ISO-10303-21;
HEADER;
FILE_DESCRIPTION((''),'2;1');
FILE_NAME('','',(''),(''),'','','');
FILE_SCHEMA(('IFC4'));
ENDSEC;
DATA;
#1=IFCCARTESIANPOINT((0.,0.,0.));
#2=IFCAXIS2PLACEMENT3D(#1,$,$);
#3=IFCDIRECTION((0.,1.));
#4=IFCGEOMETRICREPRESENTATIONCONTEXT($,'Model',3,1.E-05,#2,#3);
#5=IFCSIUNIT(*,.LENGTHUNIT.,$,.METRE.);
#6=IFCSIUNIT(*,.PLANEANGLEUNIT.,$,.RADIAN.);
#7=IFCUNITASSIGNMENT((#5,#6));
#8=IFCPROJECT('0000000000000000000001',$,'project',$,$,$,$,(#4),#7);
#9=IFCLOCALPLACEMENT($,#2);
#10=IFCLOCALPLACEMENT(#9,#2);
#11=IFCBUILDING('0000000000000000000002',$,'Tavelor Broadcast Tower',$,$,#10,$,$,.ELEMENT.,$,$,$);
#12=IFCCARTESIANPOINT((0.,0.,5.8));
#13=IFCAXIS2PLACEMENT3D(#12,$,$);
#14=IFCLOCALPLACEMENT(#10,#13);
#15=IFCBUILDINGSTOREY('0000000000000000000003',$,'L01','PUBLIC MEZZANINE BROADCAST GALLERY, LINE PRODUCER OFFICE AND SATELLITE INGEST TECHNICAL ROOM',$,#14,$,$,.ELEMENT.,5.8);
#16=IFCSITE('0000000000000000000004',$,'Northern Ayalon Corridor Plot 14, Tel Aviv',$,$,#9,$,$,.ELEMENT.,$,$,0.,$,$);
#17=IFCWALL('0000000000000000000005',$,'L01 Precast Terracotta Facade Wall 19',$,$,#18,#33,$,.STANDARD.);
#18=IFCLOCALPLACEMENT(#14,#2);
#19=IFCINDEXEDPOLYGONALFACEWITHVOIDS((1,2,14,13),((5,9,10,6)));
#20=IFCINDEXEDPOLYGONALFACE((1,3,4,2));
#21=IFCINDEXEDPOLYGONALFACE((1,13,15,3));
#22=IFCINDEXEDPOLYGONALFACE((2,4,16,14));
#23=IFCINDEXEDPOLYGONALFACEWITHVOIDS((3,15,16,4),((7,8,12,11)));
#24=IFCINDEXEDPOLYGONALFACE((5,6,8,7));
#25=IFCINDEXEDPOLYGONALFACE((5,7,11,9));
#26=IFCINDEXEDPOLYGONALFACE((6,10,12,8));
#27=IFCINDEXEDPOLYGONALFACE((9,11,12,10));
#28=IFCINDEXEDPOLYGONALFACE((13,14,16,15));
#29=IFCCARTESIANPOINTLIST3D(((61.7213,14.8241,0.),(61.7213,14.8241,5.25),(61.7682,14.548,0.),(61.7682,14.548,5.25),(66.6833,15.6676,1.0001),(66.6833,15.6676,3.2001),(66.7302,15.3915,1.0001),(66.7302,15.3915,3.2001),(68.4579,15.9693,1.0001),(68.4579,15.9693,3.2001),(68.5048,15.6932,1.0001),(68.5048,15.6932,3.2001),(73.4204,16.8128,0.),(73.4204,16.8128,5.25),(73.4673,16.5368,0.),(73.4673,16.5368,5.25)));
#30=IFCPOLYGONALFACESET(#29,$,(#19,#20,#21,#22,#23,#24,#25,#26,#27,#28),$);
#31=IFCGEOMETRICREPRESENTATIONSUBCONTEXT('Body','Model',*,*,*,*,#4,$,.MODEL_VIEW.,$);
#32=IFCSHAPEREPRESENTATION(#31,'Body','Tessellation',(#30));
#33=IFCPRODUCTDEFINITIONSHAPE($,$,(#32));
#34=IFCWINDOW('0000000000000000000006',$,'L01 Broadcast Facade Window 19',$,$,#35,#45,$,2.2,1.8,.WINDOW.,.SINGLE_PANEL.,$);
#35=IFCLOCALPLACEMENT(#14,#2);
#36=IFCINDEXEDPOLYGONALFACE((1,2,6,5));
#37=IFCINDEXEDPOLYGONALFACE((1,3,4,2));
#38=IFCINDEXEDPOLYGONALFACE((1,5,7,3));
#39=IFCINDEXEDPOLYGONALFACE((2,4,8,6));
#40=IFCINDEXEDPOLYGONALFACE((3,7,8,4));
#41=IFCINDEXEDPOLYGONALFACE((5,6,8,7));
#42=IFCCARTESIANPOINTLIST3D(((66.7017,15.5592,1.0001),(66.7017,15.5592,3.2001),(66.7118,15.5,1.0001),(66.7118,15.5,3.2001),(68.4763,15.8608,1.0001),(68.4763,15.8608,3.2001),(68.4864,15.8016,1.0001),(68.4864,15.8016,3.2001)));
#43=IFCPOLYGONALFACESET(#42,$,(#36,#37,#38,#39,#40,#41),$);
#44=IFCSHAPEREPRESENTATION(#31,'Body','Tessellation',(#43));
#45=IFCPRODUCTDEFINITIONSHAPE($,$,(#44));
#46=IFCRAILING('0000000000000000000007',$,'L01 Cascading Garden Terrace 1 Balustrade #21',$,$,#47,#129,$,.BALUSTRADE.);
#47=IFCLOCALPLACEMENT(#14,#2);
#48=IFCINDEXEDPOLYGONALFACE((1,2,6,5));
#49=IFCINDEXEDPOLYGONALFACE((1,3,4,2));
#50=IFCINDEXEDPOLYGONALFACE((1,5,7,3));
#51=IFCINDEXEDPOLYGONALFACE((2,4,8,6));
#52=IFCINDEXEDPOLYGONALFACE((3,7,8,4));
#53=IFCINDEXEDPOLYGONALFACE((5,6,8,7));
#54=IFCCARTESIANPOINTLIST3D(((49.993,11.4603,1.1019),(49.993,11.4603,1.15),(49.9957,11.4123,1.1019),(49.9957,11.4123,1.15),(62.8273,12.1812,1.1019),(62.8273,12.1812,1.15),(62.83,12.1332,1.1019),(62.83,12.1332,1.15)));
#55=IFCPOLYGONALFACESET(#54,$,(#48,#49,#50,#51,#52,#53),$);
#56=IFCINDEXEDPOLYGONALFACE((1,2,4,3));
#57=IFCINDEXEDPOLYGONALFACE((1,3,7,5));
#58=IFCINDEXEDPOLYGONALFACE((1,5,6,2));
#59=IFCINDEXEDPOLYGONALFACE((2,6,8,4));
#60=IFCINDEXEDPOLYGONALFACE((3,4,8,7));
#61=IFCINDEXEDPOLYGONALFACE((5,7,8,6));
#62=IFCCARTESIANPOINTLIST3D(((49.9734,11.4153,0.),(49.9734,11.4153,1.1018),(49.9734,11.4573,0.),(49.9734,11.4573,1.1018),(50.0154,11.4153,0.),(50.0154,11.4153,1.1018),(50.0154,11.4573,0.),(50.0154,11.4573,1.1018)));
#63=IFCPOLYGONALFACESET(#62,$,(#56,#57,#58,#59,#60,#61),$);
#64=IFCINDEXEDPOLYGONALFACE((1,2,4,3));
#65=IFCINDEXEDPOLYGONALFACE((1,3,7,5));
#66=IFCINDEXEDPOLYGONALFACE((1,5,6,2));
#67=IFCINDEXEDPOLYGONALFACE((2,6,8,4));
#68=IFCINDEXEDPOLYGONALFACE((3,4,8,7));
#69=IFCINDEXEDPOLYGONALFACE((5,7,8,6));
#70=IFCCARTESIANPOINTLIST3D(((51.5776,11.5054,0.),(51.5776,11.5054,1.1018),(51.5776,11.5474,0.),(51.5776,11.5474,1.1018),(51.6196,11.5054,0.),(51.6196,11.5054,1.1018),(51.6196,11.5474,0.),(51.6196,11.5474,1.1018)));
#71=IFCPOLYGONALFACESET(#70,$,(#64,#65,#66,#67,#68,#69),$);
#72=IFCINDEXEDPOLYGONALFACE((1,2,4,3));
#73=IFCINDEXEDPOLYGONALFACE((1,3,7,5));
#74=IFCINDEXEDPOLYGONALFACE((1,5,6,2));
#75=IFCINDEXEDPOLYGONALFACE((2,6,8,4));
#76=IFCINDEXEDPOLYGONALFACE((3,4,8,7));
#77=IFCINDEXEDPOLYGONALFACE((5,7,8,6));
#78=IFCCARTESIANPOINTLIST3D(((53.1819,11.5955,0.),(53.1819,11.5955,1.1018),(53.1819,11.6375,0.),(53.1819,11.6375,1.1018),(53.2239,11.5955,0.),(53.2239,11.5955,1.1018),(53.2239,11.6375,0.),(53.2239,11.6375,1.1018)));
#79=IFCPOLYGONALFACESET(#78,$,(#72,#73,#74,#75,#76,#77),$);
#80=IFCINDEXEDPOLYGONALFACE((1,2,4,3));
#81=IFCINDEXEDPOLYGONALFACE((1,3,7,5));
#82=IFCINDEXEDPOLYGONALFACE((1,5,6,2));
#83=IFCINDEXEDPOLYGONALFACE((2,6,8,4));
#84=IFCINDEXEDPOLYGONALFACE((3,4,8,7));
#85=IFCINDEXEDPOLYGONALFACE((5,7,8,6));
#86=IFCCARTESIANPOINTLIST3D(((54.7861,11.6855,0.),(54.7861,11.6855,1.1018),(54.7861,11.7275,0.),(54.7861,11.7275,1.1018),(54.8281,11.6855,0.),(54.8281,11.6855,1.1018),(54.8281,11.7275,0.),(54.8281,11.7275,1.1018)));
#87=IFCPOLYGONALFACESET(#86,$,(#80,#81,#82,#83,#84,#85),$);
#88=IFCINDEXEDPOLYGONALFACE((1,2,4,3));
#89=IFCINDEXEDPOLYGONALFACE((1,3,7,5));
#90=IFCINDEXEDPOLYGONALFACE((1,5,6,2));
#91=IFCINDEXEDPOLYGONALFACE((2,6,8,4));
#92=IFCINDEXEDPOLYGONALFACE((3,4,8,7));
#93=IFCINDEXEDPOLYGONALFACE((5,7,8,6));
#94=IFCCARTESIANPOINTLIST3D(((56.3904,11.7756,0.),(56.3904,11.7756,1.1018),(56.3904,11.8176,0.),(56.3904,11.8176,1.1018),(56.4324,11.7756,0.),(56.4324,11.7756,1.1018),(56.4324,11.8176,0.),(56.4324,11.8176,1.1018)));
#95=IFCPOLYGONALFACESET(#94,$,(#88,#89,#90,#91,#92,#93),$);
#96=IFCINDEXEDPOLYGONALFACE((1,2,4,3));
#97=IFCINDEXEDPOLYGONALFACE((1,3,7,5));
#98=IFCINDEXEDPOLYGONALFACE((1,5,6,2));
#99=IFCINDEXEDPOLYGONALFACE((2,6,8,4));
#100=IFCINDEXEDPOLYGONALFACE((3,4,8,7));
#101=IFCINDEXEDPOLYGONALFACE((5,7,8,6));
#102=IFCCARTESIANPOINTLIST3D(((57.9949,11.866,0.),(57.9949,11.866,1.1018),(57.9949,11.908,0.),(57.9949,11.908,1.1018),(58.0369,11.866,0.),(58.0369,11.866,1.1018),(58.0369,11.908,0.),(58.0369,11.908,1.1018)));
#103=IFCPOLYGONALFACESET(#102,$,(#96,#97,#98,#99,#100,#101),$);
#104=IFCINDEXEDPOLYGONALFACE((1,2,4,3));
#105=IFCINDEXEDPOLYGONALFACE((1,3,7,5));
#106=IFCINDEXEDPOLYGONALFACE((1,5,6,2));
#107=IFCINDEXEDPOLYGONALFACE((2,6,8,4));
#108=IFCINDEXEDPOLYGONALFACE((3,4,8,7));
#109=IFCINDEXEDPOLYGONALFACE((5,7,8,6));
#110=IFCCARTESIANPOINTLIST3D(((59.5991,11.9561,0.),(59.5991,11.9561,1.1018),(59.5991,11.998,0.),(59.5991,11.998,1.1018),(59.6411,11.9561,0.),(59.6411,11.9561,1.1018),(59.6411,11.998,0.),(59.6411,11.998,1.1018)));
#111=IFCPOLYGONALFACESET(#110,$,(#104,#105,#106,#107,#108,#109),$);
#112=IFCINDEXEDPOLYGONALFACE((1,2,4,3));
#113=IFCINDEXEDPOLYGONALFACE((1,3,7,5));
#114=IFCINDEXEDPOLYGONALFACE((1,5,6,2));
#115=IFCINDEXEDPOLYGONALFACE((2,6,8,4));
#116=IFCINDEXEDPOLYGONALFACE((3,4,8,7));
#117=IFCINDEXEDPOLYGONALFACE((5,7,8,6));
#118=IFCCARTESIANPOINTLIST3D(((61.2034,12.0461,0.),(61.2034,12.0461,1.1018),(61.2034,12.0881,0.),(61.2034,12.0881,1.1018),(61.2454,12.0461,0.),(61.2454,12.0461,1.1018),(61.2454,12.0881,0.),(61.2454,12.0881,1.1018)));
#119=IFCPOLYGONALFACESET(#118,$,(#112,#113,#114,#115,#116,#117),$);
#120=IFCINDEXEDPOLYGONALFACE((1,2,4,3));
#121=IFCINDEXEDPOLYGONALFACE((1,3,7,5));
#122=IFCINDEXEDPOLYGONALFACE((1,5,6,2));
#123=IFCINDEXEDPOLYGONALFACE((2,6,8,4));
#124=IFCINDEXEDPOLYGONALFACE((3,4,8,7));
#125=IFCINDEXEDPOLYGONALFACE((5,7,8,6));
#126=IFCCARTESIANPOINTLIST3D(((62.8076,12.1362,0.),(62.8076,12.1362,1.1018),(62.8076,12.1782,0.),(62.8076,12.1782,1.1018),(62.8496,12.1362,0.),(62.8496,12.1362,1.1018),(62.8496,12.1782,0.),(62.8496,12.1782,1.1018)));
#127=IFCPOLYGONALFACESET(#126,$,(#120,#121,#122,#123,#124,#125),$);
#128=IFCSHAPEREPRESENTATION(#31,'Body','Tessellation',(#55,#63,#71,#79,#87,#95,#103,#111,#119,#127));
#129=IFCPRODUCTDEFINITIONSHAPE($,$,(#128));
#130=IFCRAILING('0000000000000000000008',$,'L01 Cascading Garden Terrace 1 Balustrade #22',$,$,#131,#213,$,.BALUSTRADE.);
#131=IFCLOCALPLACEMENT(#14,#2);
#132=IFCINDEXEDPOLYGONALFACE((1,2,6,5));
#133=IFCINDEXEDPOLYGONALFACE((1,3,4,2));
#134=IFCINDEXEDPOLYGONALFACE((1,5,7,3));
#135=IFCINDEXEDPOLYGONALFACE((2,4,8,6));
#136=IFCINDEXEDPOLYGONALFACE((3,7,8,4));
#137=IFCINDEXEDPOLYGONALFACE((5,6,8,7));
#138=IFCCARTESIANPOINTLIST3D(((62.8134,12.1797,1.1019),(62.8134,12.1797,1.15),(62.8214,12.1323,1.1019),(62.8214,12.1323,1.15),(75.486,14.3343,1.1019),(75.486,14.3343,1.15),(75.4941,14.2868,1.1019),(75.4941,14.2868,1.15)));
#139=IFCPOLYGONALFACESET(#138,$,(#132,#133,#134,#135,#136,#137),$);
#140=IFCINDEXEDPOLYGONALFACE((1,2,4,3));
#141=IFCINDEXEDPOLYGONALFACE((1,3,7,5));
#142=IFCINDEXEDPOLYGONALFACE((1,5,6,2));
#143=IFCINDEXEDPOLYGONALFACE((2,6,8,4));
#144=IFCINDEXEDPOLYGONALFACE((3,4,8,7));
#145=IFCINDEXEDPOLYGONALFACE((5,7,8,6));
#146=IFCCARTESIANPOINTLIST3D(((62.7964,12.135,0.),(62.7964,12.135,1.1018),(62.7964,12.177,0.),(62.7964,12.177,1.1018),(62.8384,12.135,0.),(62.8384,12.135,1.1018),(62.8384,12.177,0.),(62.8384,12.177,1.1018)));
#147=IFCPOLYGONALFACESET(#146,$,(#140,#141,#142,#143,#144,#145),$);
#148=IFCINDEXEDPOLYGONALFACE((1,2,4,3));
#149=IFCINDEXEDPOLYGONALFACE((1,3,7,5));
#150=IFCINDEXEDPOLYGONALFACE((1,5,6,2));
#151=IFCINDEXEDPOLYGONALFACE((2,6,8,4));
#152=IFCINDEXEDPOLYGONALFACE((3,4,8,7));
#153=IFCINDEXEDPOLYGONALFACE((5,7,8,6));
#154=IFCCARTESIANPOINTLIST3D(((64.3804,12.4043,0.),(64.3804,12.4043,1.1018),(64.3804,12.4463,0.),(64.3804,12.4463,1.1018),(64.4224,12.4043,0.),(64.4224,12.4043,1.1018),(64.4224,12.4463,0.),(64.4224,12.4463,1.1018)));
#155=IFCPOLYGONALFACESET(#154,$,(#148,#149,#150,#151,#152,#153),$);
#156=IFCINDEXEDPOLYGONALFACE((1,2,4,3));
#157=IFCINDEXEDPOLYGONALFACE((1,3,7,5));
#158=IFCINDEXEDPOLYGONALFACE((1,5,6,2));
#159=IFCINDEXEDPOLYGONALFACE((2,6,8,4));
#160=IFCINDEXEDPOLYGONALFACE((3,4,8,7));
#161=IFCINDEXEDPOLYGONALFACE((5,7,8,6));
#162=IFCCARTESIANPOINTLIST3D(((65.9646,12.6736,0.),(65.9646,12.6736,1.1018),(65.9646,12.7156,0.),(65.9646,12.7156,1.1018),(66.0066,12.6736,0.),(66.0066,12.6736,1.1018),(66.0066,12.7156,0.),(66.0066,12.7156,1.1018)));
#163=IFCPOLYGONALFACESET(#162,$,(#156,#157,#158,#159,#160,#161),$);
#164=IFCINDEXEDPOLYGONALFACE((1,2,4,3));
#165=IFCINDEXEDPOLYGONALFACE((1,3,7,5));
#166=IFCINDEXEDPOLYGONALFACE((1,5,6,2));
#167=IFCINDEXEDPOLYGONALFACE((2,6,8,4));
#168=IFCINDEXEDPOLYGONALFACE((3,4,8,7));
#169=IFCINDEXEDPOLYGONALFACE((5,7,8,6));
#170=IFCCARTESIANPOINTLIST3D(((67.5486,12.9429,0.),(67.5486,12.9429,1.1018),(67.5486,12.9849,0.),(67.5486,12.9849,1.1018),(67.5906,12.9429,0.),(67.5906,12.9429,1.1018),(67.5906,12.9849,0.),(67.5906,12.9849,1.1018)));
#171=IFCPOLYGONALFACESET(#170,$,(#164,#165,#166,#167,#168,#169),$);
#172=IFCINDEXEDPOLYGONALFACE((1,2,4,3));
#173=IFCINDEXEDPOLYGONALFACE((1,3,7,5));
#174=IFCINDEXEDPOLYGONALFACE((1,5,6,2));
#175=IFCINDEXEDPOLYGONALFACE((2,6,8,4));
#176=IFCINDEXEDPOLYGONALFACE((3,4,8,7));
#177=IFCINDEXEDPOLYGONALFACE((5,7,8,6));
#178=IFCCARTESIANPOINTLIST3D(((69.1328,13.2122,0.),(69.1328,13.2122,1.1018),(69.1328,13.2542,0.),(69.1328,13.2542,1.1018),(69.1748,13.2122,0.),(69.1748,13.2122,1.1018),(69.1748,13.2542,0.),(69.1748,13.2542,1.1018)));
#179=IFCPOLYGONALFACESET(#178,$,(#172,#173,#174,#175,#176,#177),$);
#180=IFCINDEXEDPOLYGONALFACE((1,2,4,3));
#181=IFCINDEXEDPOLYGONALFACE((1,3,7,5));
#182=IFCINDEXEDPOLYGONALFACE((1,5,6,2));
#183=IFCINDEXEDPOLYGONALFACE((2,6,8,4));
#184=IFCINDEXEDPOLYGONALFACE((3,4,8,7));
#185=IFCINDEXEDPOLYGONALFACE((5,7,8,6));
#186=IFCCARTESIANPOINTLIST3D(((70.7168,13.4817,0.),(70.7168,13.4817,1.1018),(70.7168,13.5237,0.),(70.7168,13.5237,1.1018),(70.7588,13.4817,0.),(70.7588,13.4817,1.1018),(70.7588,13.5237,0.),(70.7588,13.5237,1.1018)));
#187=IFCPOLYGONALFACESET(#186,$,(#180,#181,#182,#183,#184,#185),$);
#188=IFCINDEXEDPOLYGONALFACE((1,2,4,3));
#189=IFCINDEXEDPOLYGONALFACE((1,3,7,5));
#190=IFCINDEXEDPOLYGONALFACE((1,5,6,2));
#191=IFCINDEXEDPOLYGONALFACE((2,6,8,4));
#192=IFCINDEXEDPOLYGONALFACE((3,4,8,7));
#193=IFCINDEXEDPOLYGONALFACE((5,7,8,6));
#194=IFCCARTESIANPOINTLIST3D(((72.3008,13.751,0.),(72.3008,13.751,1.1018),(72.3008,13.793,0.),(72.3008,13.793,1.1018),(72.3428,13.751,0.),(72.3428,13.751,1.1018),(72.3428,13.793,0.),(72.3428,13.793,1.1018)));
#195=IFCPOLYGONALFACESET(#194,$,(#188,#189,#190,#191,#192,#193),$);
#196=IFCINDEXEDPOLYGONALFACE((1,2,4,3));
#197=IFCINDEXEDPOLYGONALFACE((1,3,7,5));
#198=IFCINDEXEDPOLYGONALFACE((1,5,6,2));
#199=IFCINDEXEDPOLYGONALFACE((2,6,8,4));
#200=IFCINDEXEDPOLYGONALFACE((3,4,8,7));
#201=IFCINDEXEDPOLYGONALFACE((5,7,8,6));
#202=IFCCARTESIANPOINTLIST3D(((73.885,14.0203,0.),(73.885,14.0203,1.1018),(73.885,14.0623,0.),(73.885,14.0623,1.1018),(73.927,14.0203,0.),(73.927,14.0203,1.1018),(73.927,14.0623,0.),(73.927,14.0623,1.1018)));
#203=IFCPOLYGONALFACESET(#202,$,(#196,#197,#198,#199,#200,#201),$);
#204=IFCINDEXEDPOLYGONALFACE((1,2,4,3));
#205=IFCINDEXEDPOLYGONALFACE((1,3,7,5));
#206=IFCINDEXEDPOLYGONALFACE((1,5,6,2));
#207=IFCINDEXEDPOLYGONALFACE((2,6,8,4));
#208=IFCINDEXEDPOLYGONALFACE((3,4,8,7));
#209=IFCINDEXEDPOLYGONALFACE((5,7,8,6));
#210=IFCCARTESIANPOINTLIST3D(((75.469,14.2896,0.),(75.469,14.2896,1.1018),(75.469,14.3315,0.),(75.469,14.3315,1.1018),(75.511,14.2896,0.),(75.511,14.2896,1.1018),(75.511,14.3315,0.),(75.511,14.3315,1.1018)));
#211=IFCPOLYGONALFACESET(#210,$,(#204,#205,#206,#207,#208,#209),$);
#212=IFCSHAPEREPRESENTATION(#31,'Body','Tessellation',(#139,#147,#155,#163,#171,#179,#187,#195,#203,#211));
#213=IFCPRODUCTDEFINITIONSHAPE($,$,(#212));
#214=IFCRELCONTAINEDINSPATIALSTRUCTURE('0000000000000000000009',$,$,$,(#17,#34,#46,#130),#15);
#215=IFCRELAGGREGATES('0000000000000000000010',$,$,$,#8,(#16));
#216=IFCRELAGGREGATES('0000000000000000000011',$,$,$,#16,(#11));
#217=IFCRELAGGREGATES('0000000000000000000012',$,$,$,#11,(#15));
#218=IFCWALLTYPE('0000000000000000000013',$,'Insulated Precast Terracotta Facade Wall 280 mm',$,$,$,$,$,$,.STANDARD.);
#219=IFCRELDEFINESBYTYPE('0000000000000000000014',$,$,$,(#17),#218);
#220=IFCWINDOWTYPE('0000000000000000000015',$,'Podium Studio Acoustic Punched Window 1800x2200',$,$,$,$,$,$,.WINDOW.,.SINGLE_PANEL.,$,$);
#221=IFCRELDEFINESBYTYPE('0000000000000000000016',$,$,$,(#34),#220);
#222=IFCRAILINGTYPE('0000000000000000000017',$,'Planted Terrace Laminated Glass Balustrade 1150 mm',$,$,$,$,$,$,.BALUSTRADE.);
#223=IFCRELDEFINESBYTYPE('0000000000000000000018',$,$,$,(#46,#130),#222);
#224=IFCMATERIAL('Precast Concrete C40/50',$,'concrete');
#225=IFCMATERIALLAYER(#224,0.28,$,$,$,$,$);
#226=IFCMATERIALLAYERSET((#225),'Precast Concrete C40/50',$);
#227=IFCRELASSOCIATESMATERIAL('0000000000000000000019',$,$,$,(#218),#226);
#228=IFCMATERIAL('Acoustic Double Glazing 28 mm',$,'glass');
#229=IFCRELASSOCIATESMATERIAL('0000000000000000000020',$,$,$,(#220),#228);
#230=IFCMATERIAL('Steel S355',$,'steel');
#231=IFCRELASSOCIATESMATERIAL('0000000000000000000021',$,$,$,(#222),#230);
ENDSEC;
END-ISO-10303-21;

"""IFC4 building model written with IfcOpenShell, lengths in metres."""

from ifc_helpers import new_model, si_unit, direction, frame, frame_2d, origin, origin_2d, place, context, subcontext, project, spatial, rectangle, extrude, material, layer, layer_set, type_object, element, fill, save


model = new_model("IFC4")

# Units and contexts
model_context = context("Model", 3, precision=1e-05, world=origin(), true_north=direction((0.0, 1.0)))
body_context = subcontext(model_context, "Body", "Model", "MODEL_VIEW")
ifc_project = project(units=[si_unit("LENGTHUNIT", "METRE"), si_unit("PLANEANGLEUNIT", "RADIAN")], contexts=[model_context])

# Site, building, storey
site_placement = place(None, origin())
site = spatial("IfcSite", under=ifc_project, at=site_placement, Name="Northern Ayalon Corridor Plot 14, Tel Aviv", CompositionType="ELEMENT", RefElevation=0.0)
building_placement = place(site_placement, origin())
building = spatial("IfcBuilding", under=site, at=building_placement, Name="Tavelor Broadcast Tower", CompositionType="ELEMENT")
storey_placement = place(building_placement, frame((0.0, 0.0, 5.8)))
storey = spatial("IfcBuildingStorey", under=building, at=storey_placement, Name="L01", Description="PUBLIC MEZZANINE BROADCAST GALLERY, LINE PRODUCER OFFICE AND SATELLITE INGEST TECHNICAL ROOM", CompositionType="ELEMENT", Elevation=5.8)

# Shared definitions
ifc_material_1 = material(Name="Steel S355", Category="steel")

# Shared definitions
ifc_material_2 = material(Name="Acoustic Double Glazing 28 mm", Category="glass")

# Shared definitions
ifc_material_3 = material(Name="Precast Concrete C40/50", Category="concrete")
ifc_layer_1 = layer(ifc_material_3, 0.28)
ifc_layer_set_1 = layer_set([ifc_layer_1], Name="Precast Concrete C40/50")
wall_type_1 = type_object("IfcWallType", Name="Insulated Precast Terracotta Facade Wall 280 mm", PredefinedType="STANDARD", material=ifc_layer_set_1)

# Wall, opening, window
wall_1_placement = place(storey_placement, frame((61.7446, 14.686, 0.0), z_axis=(0.0, 0.0, 1.0), x_axis=(0.985857, 0.167587, 0.0)))
wall_1 = element("IfcWall", 1, at=wall_1_placement, inside=storey, type_object=wall_type_1, Name="L01 Precast Terracotta Facade Wall 19", PredefinedType="STANDARD", context=body_context, shape_type="SweptSolid", body=[
    extrude(rectangle(XDim=11.8669, YDim=0.28, at=frame_2d((5.9336, 0.0))), origin(), (0.0, 0.0, 1.0), 5.25),
])
opening_1_placement = place(wall_1_placement, frame((5.0334, 0.0, 1.0)))
opening_1 = element("IfcOpeningElement", 2, at=opening_1_placement, cuts=wall_1, PredefinedType="OPENING", context=body_context, shape_type="SweptSolid", body=[
    extrude(rectangle(XDim=1.8, YDim=2.2, at=frame_2d((0.8999, 1.1001))), frame((0.0, 0.1499, 0.0), z_axis=(0.0, -1.0, 0.0), x_axis=(1.0, 0.0, 0.0)), (0.0, 0.0, 1.0), 0.3),
])
window_type_1 = type_object("IfcWindowType", Name="Podium Studio Acoustic Punched Window 1800x2200", PartitioningType="SINGLE_PANEL", PredefinedType="WINDOW", material=ifc_material_2)
window_1_placement = place(opening_1_placement, origin())
window_1 = element("IfcWindow", 3, at=window_1_placement, inside=storey, type_object=window_type_1, Name="L01 Broadcast Facade Window 19", OverallHeight=2.2, OverallWidth=1.8, PartitioningType="SINGLE_PANEL", PredefinedType="WINDOW", context=body_context, shape_type="SweptSolid", body=[
    extrude(rectangle(XDim=1.8, YDim=2.2, at=frame_2d((0.8999, 1.1001))), frame((0.0, 0.03, 0.0), z_axis=(0.0, -1.0, 0.0), x_axis=(1.0, 0.0, 0.0)), (0.0, 0.0, 1.0), 0.0601),
])
fill(opening_1, window_1)

# Railings
railing_type = type_object("IfcRailingType", Name="Planted Terrace Laminated Glass Balustrade 1150 mm", PredefinedType="BALUSTRADE", material=ifc_material_1)
railing_1_placement = place(storey_placement, frame((49.9944, 11.4363, 0.0)))
element("IfcRailing", 4, at=railing_1_placement, inside=storey, type_object=railing_type, Name="L01 Cascading Garden Terrace 1 Balustrade #21", PredefinedType="BALUSTRADE", context=body_context, shape_type="SweptSolid", body=[
    extrude(rectangle(XDim=0.0481, YDim=0.0481, at=origin_2d()), frame((0.0, 0.0, 1.126), z_axis=(0.998426, 0.056085, 0.0), x_axis=(-0.056085, 0.998426, 0.0)), (0.0, 0.0, 1.0), 12.8545),
    extrude(rectangle(XDim=0.042, YDim=0.042, at=origin_2d()), origin(), (0.0, 0.0, 1.0), 1.1018),
    extrude(rectangle(XDim=0.042, YDim=0.042, at=origin_2d()), frame((1.6042, 0.0901, 0.0)), (0.0, 0.0, 1.0), 1.1018),
    extrude(rectangle(XDim=0.042, YDim=0.042, at=origin_2d()), frame((3.2085, 0.1802, 0.0)), (0.0, 0.0, 1.0), 1.1018),
    extrude(rectangle(XDim=0.042, YDim=0.042, at=origin_2d()), frame((4.8127, 0.2703, 0.0)), (0.0, 0.0, 1.0), 1.1018),
    extrude(rectangle(XDim=0.042, YDim=0.042, at=origin_2d()), frame((6.417, 0.3604, 0.0)), (0.0, 0.0, 1.0), 1.1018),
    extrude(rectangle(XDim=0.042, YDim=0.042, at=origin_2d()), frame((8.0215, 0.4507, 0.0)), (0.0, 0.0, 1.0), 1.1018),
    extrude(rectangle(XDim=0.042, YDim=0.042, at=origin_2d()), frame((9.6257, 0.5408, 0.0)), (0.0, 0.0, 1.0), 1.1018),
    extrude(rectangle(XDim=0.042, YDim=0.042, at=origin_2d()), frame((11.23, 0.6309, 0.0)), (0.0, 0.0, 1.0), 1.1018),
    extrude(rectangle(XDim=0.042, YDim=0.042, at=origin_2d()), frame((12.8342, 0.7209, 0.0)), (0.0, 0.0, 1.0), 1.1018),
])
railing_2_placement = place(storey_placement, frame((62.8174, 12.156, 0.0)))
element("IfcRailing", 5, at=railing_2_placement, inside=storey, type_object=railing_type, Name="L01 Cascading Garden Terrace 1 Balustrade #22", PredefinedType="BALUSTRADE", context=body_context, shape_type="SweptSolid", body=[
    extrude(rectangle(XDim=0.0481, YDim=0.0481, at=origin_2d()), frame((0.0, 0.0, 1.126), z_axis=(0.985853, 0.16761, 0.0), x_axis=(-0.16761, 0.985853, 0.0)), (0.0, 0.0, 1.0), 12.8545),
    extrude(rectangle(XDim=0.042, YDim=0.042, at=origin_2d()), origin(), (0.0, 0.0, 1.0), 1.1018),
    extrude(rectangle(XDim=0.042, YDim=0.042, at=origin_2d()), frame((1.584, 0.2693, 0.0)), (0.0, 0.0, 1.0), 1.1018),
    extrude(rectangle(XDim=0.042, YDim=0.042, at=origin_2d()), frame((3.1682, 0.5386, 0.0)), (0.0, 0.0, 1.0), 1.1018),
    extrude(rectangle(XDim=0.042, YDim=0.042, at=origin_2d()), frame((4.7522, 0.8079, 0.0)), (0.0, 0.0, 1.0), 1.1018),
    extrude(rectangle(XDim=0.042, YDim=0.042, at=origin_2d()), frame((6.3364, 1.0771, 0.0)), (0.0, 0.0, 1.0), 1.1018),
    extrude(rectangle(XDim=0.042, YDim=0.042, at=origin_2d()), frame((7.9204, 1.3467, 0.0)), (0.0, 0.0, 1.0), 1.1018),
    extrude(rectangle(XDim=0.042, YDim=0.042, at=origin_2d()), frame((9.5044, 1.616, 0.0)), (0.0, 0.0, 1.0), 1.1018),
    extrude(rectangle(XDim=0.042, YDim=0.042, at=origin_2d()), frame((11.0886, 1.8853, 0.0)), (0.0, 0.0, 1.0), 1.1018),
    extrude(rectangle(XDim=0.042, YDim=0.042, at=origin_2d()), frame((12.6726, 2.1545, 0.0)), (0.0, 0.0, 1.0), 1.1018),
])

save(model, "model.ifc")
